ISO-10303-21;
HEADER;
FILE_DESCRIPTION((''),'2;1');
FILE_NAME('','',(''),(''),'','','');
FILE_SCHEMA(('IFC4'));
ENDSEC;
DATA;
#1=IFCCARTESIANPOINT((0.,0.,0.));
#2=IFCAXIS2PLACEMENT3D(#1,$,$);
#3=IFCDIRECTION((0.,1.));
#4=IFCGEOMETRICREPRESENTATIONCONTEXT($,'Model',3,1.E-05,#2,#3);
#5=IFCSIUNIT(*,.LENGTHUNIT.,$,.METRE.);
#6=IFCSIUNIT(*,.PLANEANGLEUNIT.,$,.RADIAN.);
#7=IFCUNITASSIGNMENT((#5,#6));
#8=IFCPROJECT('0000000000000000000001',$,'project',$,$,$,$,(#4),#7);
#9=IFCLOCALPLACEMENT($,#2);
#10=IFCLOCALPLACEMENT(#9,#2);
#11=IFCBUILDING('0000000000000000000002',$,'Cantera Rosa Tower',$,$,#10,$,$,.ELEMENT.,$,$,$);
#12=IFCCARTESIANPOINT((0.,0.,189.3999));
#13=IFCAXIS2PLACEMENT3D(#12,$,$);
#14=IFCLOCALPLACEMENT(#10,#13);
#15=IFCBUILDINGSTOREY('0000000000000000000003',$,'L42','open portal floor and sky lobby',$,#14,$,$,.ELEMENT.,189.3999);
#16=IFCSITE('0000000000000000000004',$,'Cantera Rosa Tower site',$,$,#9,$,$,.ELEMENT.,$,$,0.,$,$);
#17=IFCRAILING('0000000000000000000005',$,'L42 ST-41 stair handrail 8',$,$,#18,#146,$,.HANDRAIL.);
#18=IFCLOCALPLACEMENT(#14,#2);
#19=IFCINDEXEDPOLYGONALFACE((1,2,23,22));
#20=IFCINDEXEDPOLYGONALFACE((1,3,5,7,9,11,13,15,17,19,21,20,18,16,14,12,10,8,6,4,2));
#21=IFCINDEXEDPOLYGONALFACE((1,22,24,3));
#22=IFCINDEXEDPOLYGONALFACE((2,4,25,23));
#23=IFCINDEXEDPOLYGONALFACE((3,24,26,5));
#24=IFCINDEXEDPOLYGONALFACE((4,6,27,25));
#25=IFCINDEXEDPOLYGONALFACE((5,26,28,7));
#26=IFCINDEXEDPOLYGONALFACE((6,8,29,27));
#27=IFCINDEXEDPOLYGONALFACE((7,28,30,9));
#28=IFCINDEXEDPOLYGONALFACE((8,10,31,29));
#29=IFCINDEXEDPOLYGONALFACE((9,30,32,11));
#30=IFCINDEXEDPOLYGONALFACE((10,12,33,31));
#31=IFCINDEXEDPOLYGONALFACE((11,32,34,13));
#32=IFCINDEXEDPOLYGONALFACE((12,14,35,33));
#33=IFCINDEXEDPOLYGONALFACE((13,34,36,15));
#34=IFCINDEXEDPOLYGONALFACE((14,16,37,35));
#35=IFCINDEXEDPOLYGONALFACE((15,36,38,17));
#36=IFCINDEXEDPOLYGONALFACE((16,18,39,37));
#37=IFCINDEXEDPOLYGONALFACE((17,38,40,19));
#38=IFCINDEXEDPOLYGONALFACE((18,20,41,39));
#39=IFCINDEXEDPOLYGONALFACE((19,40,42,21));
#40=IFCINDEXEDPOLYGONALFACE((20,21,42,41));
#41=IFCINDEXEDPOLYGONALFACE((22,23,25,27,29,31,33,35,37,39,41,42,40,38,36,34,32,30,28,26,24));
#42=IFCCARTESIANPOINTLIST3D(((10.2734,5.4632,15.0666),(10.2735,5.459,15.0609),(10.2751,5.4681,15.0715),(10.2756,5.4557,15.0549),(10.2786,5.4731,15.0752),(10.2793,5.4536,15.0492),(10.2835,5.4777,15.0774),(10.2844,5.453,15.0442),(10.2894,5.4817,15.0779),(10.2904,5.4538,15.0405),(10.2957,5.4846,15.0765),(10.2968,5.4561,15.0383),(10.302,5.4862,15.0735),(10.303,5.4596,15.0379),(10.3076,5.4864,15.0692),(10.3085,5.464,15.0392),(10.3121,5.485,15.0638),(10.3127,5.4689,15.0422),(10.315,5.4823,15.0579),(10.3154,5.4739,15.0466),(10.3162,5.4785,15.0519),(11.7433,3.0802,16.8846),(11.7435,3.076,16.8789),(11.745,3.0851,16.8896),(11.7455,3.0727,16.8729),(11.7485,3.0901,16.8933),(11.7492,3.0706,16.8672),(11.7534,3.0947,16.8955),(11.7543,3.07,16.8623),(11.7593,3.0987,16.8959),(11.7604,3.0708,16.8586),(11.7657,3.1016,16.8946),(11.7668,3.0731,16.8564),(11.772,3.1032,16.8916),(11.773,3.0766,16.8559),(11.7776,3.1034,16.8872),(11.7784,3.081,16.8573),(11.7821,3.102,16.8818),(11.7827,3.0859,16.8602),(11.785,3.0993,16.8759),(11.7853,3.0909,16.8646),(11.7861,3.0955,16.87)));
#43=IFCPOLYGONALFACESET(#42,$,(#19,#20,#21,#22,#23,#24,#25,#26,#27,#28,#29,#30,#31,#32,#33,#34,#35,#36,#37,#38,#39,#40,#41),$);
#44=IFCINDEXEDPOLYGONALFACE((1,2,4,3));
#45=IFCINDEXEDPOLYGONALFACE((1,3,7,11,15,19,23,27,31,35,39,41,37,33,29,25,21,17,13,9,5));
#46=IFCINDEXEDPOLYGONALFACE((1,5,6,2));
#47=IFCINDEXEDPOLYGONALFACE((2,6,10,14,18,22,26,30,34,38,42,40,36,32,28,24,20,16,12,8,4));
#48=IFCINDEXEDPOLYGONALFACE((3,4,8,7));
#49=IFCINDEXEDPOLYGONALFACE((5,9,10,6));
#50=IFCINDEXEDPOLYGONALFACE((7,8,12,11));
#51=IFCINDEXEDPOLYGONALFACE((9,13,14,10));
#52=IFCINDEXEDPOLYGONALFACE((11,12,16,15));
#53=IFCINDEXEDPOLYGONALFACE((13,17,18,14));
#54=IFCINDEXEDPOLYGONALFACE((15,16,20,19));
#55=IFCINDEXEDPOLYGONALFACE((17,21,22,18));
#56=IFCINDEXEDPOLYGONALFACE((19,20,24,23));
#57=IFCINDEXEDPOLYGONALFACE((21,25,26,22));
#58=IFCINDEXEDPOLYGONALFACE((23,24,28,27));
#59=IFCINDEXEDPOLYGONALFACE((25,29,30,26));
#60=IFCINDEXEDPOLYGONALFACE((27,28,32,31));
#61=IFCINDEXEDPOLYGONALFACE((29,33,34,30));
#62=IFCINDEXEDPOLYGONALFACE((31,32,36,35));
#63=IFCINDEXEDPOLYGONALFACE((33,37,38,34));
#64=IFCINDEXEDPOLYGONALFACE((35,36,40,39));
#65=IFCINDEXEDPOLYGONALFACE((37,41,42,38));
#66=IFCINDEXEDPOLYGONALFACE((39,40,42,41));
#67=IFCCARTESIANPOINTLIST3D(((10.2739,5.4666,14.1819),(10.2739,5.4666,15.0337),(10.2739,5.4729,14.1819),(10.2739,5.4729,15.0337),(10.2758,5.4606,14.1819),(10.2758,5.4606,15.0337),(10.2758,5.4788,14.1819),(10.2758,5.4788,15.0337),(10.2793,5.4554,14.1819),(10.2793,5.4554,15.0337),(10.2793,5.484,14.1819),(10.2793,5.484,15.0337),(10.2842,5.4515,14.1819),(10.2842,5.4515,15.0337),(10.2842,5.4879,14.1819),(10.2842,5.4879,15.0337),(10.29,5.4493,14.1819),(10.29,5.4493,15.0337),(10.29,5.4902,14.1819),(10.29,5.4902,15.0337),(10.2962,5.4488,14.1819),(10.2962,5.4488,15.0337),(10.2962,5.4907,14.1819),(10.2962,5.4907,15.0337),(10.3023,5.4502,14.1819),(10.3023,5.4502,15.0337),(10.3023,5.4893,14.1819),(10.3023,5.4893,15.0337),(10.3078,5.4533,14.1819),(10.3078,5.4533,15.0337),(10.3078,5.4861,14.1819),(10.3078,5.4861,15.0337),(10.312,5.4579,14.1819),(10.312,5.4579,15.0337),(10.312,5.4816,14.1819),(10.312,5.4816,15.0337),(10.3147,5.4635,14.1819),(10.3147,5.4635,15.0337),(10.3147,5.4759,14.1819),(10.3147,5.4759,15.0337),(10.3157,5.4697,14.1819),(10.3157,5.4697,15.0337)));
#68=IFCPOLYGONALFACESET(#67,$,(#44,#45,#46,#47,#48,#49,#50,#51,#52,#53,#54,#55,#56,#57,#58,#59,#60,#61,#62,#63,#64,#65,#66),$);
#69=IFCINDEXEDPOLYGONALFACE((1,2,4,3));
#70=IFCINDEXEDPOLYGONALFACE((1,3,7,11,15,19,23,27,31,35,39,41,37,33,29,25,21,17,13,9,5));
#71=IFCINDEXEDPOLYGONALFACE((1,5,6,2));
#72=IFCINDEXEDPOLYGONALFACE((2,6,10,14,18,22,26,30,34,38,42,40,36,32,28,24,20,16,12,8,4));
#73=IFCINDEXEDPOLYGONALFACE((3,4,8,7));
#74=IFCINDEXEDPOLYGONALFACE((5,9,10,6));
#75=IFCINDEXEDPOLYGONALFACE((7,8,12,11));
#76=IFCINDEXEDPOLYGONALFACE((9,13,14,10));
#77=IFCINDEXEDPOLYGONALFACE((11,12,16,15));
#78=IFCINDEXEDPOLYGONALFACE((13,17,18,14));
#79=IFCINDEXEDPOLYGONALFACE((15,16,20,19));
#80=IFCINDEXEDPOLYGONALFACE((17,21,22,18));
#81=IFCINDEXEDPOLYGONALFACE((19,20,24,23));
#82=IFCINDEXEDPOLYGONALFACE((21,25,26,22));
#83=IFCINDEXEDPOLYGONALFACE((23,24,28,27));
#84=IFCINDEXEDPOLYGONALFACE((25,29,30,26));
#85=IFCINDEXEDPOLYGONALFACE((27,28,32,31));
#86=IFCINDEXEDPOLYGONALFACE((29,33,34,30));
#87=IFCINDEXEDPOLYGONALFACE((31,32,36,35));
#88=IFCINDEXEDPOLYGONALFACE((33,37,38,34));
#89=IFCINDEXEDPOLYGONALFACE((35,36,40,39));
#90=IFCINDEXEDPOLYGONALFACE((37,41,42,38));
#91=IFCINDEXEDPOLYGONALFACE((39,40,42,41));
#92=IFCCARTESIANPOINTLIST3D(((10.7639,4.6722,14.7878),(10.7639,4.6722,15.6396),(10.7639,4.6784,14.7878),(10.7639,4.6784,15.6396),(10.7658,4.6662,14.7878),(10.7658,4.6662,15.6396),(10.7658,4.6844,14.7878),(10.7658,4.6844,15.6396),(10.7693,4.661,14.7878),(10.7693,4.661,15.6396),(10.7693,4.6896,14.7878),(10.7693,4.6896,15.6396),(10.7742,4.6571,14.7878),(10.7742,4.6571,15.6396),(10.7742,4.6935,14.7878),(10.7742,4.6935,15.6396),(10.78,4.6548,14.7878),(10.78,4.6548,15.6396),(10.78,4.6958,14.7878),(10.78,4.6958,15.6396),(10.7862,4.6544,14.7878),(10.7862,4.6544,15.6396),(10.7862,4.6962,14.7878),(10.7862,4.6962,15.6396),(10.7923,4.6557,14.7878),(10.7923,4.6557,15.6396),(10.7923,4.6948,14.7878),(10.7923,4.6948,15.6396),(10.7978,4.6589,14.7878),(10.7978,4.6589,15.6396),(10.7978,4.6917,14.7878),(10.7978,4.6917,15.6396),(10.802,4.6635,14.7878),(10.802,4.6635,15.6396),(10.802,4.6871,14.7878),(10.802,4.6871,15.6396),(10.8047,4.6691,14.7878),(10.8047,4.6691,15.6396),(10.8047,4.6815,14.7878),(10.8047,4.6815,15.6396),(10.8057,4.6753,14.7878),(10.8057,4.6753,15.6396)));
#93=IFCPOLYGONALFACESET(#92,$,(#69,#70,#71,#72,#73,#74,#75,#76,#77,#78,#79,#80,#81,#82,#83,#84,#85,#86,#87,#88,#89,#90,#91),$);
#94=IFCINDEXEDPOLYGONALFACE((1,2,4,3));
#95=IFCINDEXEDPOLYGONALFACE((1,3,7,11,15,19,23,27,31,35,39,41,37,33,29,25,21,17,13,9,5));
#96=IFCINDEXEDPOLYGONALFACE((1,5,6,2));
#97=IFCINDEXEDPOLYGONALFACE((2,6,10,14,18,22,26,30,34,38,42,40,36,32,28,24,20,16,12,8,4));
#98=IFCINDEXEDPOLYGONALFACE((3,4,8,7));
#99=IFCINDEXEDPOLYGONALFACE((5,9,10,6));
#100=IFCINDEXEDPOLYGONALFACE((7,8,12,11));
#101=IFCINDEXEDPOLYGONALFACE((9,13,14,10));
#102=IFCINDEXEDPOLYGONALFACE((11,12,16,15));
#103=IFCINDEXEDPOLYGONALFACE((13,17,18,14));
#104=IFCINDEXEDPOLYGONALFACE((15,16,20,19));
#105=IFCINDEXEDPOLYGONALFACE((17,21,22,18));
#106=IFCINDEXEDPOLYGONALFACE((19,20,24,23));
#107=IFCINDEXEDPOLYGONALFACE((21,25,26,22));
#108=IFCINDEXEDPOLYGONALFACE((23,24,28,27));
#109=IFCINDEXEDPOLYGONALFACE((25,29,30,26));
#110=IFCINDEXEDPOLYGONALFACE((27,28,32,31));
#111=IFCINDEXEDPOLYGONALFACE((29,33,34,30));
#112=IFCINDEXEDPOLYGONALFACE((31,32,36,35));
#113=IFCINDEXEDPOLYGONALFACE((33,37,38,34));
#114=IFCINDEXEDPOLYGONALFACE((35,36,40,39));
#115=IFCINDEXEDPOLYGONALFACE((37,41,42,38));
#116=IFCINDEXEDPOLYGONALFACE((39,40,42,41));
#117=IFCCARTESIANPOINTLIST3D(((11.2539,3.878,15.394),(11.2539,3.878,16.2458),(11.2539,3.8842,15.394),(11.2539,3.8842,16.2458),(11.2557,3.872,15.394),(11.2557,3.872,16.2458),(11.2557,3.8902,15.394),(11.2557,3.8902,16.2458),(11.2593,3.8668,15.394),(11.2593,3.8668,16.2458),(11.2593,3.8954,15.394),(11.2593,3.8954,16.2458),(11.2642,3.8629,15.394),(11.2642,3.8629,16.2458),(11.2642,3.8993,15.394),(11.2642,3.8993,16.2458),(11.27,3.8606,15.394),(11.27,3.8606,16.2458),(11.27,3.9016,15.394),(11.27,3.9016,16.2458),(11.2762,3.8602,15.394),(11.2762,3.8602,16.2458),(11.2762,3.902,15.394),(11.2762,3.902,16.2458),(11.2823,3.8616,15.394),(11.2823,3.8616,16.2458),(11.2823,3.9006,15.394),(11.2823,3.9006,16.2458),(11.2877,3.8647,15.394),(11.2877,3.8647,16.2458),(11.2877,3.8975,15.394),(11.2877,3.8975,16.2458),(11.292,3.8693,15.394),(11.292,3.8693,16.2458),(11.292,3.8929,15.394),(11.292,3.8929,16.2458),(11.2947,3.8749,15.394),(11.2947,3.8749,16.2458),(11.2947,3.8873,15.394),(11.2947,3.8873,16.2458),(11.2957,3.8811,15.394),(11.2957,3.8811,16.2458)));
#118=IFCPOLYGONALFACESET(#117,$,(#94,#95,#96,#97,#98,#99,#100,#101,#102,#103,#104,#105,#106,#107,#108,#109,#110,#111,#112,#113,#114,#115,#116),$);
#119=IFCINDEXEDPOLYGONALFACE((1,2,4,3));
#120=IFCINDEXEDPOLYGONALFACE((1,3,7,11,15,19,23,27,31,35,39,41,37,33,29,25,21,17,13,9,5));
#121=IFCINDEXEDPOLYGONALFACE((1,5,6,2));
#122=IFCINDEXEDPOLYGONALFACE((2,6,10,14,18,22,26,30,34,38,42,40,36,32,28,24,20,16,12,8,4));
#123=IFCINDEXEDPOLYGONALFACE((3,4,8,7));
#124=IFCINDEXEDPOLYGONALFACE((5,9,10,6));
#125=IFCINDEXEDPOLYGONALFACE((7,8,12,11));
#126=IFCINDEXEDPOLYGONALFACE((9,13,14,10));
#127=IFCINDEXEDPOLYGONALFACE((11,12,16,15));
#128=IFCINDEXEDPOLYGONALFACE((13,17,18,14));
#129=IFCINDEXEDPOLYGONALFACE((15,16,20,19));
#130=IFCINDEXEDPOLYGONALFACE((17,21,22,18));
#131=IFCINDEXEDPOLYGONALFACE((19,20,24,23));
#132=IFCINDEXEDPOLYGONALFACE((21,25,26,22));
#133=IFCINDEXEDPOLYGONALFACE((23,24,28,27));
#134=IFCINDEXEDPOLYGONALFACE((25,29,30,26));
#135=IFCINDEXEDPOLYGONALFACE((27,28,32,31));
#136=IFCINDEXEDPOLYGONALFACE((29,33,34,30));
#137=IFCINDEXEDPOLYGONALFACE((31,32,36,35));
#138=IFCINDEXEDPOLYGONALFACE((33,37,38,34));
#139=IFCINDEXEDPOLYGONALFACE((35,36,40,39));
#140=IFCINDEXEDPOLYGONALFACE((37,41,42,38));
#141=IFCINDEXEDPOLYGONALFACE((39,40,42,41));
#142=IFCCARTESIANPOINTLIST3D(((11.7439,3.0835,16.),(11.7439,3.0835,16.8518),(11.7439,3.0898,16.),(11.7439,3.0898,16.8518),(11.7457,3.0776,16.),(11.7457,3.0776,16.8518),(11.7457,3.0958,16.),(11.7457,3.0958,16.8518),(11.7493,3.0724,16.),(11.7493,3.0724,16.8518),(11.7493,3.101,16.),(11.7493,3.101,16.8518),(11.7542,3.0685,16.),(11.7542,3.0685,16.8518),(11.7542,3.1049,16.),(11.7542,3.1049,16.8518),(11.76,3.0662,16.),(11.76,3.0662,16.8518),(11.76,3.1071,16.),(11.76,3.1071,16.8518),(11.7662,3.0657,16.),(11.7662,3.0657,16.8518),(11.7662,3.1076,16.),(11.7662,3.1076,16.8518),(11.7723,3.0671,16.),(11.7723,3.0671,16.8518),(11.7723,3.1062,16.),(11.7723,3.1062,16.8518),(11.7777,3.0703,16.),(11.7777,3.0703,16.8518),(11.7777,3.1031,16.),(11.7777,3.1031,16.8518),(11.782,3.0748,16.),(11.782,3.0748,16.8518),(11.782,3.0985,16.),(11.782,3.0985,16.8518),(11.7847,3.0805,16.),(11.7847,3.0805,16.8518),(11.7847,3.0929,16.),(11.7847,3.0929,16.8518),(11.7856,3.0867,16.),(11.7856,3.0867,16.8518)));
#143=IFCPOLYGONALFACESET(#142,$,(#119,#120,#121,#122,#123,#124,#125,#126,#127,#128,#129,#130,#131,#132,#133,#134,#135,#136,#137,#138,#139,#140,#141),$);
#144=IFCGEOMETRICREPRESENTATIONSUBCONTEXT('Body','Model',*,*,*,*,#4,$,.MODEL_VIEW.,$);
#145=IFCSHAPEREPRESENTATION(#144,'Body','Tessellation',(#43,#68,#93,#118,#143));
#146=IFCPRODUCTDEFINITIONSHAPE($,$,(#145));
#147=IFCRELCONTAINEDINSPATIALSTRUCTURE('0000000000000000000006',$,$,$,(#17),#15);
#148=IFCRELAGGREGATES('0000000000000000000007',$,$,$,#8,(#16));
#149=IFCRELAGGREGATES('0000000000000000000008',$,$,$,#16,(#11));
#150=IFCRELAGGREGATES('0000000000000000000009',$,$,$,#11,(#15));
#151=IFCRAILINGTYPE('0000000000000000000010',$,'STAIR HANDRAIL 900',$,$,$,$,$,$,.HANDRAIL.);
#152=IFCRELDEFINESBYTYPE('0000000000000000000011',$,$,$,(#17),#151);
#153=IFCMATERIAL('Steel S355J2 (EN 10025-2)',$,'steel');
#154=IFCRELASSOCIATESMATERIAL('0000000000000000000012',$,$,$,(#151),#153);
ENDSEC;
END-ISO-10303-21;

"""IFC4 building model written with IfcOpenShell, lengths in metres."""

from ifc_helpers import new_model, si_unit, direction, frame, origin, origin_2d, place, context, subcontext, project, spatial, circle, extrude, material, type_object, element, save


model = new_model("IFC4")

# Units and contexts
model_context = context("Model", 3, precision=1e-05, world=origin(), true_north=direction((0.0, 1.0)))
body_context = subcontext(model_context, "Body", "Model", "MODEL_VIEW")
ifc_project = project(units=[si_unit("LENGTHUNIT", "METRE"), si_unit("PLANEANGLEUNIT", "RADIAN")], contexts=[model_context])

# Site, building, storey
site_placement = place(None, origin())
site = spatial("IfcSite", under=ifc_project, at=site_placement, Name="Cantera Rosa Tower site", CompositionType="ELEMENT", RefElevation=0.0)
building_placement = place(site_placement, origin())
building = spatial("IfcBuilding", under=site, at=building_placement, Name="Cantera Rosa Tower", CompositionType="ELEMENT")
storey_placement = place(building_placement, frame((0.0, 0.0, 189.3999)))
storey = spatial("IfcBuildingStorey", under=building, at=storey_placement, Name="L42", Description="open portal floor and sky lobby", CompositionType="ELEMENT", Elevation=189.3999)

# Railing
ifc_material_1 = material(Name="Steel S355J2 (EN 10025-2)", Category="steel")
railing_type_1 = type_object("IfcRailingType", Name="STAIR HANDRAIL 900", PredefinedType="HANDRAIL", material=ifc_material_1)
for number, where, name in (
    (1, (10.2947, 5.4697, 14.1819), "L42 ST-41 stair handrail 8"),
):
    element("IfcRailing", number, at=place(storey_placement, frame(where)), inside=storey, type_object=railing_type_1, Name=name, PredefinedType="HANDRAIL", context=body_context, shape_type="SweptSolid", body=[
        extrude(circle(Radius=0.0239, at=origin_2d()), frame((0.0, 0.0, 0.876), z_axis=(0.440314, -0.713819, 0.544597), x_axis=(0.851104, 0.524997, 0.0)), (0.0, 0.0, 1.0), 3.3384),
        extrude(circle(Radius=0.021, at=origin_2d()), origin(), (0.0, 0.0, 1.0), 0.8518),
        extrude(circle(Radius=0.021, at=origin_2d()), frame((0.49, -0.7944, 0.606)), (0.0, 0.0, 1.0), 0.8518),
        extrude(circle(Radius=0.021, at=origin_2d()), frame((0.98, -1.5886, 1.2122)), (0.0, 0.0, 1.0), 0.8518),
        extrude(circle(Radius=0.021, at=origin_2d()), frame((1.47, -2.3831, 1.8181)), (0.0, 0.0, 1.0), 0.8518),
    ])

save(model, "model.ifc")
